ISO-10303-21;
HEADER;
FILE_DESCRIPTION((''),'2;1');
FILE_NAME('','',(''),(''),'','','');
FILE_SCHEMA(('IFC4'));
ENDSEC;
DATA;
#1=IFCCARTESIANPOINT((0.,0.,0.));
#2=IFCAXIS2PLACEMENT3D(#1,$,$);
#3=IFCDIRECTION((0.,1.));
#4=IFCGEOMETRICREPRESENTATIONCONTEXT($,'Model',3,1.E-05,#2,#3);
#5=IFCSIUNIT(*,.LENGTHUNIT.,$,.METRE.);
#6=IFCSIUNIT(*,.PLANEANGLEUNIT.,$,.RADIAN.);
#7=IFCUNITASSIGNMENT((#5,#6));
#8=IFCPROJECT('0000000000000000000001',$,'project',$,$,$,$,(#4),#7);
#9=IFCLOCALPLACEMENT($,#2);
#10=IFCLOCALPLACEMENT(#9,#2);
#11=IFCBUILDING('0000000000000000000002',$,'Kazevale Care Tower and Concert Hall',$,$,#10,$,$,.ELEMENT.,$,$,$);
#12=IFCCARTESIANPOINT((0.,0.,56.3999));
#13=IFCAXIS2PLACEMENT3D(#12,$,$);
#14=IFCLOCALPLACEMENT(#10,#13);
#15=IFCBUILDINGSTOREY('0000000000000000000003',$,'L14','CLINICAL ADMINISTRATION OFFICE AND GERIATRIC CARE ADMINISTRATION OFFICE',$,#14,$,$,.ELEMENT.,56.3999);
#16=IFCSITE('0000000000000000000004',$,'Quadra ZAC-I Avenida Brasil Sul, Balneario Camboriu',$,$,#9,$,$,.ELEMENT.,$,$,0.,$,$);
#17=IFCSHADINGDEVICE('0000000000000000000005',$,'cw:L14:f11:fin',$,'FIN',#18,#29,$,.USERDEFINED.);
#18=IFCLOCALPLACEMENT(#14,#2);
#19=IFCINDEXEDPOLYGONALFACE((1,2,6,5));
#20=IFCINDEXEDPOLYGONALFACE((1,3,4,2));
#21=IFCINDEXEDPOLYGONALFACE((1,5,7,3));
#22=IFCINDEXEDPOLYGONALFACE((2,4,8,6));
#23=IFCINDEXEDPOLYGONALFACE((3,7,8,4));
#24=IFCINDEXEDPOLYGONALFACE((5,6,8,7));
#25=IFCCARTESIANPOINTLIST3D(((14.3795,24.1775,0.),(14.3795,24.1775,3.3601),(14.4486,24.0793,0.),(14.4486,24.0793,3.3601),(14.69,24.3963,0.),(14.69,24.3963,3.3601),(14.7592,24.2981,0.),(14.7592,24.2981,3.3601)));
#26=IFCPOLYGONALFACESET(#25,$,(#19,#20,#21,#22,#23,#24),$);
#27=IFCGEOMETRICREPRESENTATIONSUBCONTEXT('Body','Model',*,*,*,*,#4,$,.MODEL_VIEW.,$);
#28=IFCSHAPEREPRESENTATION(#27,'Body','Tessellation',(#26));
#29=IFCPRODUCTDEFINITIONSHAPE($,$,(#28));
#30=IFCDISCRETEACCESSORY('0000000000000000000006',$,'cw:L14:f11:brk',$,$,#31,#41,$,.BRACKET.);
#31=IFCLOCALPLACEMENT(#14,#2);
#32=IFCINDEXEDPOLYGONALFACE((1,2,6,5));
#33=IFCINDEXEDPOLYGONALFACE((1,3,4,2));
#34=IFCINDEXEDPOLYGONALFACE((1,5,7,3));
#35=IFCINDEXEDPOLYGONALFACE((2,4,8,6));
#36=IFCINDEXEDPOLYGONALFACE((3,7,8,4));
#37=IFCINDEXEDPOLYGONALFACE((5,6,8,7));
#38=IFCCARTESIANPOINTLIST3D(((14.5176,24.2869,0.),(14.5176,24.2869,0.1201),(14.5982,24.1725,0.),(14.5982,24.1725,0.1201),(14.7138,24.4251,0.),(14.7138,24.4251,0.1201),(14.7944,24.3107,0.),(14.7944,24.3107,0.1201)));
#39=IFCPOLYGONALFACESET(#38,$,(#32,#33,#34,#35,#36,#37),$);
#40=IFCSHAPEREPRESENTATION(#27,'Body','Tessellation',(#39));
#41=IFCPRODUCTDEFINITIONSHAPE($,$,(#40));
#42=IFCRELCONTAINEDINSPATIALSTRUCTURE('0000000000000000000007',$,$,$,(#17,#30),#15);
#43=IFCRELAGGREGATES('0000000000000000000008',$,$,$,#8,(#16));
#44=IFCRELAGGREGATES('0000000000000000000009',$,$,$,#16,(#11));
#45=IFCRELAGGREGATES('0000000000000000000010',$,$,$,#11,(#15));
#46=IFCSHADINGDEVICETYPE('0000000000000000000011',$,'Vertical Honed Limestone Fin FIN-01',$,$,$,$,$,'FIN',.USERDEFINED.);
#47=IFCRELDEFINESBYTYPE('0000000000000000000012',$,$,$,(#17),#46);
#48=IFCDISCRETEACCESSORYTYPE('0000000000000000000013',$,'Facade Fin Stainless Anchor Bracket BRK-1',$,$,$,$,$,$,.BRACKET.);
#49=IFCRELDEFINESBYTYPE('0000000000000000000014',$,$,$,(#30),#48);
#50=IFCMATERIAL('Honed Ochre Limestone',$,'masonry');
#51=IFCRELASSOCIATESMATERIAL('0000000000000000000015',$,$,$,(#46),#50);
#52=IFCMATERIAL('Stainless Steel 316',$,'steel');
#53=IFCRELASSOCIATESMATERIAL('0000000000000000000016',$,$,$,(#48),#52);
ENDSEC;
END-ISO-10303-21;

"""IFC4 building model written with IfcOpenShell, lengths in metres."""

from ifc_helpers import new_model, si_unit, direction, frame, origin, origin_2d, place, context, subcontext, project, spatial, rectangle, extrude, material, type_object, element, save


model = new_model("IFC4")

# Units and contexts
model_context = context("Model", 3, precision=1e-05, world=origin(), true_north=direction((0.0, 1.0)))
body_context = subcontext(model_context, "Body", "Model", "MODEL_VIEW")
ifc_project = project(units=[si_unit("LENGTHUNIT", "METRE"), si_unit("PLANEANGLEUNIT", "RADIAN")], contexts=[model_context])

# Site, building, storey
site_placement = place(None, origin())
site = spatial("IfcSite", under=ifc_project, at=site_placement, Name="Quadra ZAC-I Avenida Brasil Sul, Balneario Camboriu", CompositionType="ELEMENT", RefElevation=0.0)
building_placement = place(site_placement, origin())
building = spatial("IfcBuilding", under=site, at=building_placement, Name="Kazevale Care Tower and Concert Hall", CompositionType="ELEMENT")
storey_placement = place(building_placement, frame((0.0, 0.0, 56.3999)))
storey = spatial("IfcBuildingStorey", under=building, at=storey_placement, Name="L14", Description="CLINICAL ADMINISTRATION OFFICE AND GERIATRIC CARE ADMINISTRATION OFFICE", CompositionType="ELEMENT", Elevation=56.3999)

# Shading device
ifc_material_1 = material(Name="Honed Ochre Limestone", Category="masonry")
shading_device_type = type_object("IfcShadingDeviceType", Name="Vertical Honed Limestone Fin FIN-01", ElementType="FIN", PredefinedType="USERDEFINED", material=ifc_material_1)
shading_device_placement = place(storey_placement, frame((14.5693, 24.2378, 0.0), z_axis=(0.0, 0.0, 1.0), x_axis=(-0.817547, -0.575862, 0.0)))
element("IfcShadingDevice", 1, at=shading_device_placement, inside=storey, type_object=shading_device_type, Name="cw:L14:f11:fin", ObjectType="FIN", PredefinedType="USERDEFINED", context=body_context, shape_type="SweptSolid", body=[
    extrude(rectangle(XDim=0.3799, YDim=0.1201, at=origin_2d()), origin(), (0.0, 0.0, 1.0), 3.3601),
])

# Discrete accessory
ifc_material_2 = material(Name="Stainless Steel 316", Category="steel")
discrete_accessory_type = type_object("IfcDiscreteAccessoryType", Name="Facade Fin Stainless Anchor Bracket BRK-1", PredefinedType="BRACKET", material=ifc_material_2)
discrete_accessory_placement = place(storey_placement, frame((14.656, 24.2988, 0.0), z_axis=(0.0, 0.0, 1.0), x_axis=(-0.817547, -0.575862, 0.0)))
element("IfcDiscreteAccessory", 2, at=discrete_accessory_placement, inside=storey, type_object=discrete_accessory_type, Name="cw:L14:f11:brk", PredefinedType="BRACKET", context=body_context, shape_type="SweptSolid", body=[
    extrude(rectangle(XDim=0.24, YDim=0.1399, at=origin_2d()), origin(), (0.0, 0.0, 1.0), 0.1201),
])

save(model, "model.ifc")
